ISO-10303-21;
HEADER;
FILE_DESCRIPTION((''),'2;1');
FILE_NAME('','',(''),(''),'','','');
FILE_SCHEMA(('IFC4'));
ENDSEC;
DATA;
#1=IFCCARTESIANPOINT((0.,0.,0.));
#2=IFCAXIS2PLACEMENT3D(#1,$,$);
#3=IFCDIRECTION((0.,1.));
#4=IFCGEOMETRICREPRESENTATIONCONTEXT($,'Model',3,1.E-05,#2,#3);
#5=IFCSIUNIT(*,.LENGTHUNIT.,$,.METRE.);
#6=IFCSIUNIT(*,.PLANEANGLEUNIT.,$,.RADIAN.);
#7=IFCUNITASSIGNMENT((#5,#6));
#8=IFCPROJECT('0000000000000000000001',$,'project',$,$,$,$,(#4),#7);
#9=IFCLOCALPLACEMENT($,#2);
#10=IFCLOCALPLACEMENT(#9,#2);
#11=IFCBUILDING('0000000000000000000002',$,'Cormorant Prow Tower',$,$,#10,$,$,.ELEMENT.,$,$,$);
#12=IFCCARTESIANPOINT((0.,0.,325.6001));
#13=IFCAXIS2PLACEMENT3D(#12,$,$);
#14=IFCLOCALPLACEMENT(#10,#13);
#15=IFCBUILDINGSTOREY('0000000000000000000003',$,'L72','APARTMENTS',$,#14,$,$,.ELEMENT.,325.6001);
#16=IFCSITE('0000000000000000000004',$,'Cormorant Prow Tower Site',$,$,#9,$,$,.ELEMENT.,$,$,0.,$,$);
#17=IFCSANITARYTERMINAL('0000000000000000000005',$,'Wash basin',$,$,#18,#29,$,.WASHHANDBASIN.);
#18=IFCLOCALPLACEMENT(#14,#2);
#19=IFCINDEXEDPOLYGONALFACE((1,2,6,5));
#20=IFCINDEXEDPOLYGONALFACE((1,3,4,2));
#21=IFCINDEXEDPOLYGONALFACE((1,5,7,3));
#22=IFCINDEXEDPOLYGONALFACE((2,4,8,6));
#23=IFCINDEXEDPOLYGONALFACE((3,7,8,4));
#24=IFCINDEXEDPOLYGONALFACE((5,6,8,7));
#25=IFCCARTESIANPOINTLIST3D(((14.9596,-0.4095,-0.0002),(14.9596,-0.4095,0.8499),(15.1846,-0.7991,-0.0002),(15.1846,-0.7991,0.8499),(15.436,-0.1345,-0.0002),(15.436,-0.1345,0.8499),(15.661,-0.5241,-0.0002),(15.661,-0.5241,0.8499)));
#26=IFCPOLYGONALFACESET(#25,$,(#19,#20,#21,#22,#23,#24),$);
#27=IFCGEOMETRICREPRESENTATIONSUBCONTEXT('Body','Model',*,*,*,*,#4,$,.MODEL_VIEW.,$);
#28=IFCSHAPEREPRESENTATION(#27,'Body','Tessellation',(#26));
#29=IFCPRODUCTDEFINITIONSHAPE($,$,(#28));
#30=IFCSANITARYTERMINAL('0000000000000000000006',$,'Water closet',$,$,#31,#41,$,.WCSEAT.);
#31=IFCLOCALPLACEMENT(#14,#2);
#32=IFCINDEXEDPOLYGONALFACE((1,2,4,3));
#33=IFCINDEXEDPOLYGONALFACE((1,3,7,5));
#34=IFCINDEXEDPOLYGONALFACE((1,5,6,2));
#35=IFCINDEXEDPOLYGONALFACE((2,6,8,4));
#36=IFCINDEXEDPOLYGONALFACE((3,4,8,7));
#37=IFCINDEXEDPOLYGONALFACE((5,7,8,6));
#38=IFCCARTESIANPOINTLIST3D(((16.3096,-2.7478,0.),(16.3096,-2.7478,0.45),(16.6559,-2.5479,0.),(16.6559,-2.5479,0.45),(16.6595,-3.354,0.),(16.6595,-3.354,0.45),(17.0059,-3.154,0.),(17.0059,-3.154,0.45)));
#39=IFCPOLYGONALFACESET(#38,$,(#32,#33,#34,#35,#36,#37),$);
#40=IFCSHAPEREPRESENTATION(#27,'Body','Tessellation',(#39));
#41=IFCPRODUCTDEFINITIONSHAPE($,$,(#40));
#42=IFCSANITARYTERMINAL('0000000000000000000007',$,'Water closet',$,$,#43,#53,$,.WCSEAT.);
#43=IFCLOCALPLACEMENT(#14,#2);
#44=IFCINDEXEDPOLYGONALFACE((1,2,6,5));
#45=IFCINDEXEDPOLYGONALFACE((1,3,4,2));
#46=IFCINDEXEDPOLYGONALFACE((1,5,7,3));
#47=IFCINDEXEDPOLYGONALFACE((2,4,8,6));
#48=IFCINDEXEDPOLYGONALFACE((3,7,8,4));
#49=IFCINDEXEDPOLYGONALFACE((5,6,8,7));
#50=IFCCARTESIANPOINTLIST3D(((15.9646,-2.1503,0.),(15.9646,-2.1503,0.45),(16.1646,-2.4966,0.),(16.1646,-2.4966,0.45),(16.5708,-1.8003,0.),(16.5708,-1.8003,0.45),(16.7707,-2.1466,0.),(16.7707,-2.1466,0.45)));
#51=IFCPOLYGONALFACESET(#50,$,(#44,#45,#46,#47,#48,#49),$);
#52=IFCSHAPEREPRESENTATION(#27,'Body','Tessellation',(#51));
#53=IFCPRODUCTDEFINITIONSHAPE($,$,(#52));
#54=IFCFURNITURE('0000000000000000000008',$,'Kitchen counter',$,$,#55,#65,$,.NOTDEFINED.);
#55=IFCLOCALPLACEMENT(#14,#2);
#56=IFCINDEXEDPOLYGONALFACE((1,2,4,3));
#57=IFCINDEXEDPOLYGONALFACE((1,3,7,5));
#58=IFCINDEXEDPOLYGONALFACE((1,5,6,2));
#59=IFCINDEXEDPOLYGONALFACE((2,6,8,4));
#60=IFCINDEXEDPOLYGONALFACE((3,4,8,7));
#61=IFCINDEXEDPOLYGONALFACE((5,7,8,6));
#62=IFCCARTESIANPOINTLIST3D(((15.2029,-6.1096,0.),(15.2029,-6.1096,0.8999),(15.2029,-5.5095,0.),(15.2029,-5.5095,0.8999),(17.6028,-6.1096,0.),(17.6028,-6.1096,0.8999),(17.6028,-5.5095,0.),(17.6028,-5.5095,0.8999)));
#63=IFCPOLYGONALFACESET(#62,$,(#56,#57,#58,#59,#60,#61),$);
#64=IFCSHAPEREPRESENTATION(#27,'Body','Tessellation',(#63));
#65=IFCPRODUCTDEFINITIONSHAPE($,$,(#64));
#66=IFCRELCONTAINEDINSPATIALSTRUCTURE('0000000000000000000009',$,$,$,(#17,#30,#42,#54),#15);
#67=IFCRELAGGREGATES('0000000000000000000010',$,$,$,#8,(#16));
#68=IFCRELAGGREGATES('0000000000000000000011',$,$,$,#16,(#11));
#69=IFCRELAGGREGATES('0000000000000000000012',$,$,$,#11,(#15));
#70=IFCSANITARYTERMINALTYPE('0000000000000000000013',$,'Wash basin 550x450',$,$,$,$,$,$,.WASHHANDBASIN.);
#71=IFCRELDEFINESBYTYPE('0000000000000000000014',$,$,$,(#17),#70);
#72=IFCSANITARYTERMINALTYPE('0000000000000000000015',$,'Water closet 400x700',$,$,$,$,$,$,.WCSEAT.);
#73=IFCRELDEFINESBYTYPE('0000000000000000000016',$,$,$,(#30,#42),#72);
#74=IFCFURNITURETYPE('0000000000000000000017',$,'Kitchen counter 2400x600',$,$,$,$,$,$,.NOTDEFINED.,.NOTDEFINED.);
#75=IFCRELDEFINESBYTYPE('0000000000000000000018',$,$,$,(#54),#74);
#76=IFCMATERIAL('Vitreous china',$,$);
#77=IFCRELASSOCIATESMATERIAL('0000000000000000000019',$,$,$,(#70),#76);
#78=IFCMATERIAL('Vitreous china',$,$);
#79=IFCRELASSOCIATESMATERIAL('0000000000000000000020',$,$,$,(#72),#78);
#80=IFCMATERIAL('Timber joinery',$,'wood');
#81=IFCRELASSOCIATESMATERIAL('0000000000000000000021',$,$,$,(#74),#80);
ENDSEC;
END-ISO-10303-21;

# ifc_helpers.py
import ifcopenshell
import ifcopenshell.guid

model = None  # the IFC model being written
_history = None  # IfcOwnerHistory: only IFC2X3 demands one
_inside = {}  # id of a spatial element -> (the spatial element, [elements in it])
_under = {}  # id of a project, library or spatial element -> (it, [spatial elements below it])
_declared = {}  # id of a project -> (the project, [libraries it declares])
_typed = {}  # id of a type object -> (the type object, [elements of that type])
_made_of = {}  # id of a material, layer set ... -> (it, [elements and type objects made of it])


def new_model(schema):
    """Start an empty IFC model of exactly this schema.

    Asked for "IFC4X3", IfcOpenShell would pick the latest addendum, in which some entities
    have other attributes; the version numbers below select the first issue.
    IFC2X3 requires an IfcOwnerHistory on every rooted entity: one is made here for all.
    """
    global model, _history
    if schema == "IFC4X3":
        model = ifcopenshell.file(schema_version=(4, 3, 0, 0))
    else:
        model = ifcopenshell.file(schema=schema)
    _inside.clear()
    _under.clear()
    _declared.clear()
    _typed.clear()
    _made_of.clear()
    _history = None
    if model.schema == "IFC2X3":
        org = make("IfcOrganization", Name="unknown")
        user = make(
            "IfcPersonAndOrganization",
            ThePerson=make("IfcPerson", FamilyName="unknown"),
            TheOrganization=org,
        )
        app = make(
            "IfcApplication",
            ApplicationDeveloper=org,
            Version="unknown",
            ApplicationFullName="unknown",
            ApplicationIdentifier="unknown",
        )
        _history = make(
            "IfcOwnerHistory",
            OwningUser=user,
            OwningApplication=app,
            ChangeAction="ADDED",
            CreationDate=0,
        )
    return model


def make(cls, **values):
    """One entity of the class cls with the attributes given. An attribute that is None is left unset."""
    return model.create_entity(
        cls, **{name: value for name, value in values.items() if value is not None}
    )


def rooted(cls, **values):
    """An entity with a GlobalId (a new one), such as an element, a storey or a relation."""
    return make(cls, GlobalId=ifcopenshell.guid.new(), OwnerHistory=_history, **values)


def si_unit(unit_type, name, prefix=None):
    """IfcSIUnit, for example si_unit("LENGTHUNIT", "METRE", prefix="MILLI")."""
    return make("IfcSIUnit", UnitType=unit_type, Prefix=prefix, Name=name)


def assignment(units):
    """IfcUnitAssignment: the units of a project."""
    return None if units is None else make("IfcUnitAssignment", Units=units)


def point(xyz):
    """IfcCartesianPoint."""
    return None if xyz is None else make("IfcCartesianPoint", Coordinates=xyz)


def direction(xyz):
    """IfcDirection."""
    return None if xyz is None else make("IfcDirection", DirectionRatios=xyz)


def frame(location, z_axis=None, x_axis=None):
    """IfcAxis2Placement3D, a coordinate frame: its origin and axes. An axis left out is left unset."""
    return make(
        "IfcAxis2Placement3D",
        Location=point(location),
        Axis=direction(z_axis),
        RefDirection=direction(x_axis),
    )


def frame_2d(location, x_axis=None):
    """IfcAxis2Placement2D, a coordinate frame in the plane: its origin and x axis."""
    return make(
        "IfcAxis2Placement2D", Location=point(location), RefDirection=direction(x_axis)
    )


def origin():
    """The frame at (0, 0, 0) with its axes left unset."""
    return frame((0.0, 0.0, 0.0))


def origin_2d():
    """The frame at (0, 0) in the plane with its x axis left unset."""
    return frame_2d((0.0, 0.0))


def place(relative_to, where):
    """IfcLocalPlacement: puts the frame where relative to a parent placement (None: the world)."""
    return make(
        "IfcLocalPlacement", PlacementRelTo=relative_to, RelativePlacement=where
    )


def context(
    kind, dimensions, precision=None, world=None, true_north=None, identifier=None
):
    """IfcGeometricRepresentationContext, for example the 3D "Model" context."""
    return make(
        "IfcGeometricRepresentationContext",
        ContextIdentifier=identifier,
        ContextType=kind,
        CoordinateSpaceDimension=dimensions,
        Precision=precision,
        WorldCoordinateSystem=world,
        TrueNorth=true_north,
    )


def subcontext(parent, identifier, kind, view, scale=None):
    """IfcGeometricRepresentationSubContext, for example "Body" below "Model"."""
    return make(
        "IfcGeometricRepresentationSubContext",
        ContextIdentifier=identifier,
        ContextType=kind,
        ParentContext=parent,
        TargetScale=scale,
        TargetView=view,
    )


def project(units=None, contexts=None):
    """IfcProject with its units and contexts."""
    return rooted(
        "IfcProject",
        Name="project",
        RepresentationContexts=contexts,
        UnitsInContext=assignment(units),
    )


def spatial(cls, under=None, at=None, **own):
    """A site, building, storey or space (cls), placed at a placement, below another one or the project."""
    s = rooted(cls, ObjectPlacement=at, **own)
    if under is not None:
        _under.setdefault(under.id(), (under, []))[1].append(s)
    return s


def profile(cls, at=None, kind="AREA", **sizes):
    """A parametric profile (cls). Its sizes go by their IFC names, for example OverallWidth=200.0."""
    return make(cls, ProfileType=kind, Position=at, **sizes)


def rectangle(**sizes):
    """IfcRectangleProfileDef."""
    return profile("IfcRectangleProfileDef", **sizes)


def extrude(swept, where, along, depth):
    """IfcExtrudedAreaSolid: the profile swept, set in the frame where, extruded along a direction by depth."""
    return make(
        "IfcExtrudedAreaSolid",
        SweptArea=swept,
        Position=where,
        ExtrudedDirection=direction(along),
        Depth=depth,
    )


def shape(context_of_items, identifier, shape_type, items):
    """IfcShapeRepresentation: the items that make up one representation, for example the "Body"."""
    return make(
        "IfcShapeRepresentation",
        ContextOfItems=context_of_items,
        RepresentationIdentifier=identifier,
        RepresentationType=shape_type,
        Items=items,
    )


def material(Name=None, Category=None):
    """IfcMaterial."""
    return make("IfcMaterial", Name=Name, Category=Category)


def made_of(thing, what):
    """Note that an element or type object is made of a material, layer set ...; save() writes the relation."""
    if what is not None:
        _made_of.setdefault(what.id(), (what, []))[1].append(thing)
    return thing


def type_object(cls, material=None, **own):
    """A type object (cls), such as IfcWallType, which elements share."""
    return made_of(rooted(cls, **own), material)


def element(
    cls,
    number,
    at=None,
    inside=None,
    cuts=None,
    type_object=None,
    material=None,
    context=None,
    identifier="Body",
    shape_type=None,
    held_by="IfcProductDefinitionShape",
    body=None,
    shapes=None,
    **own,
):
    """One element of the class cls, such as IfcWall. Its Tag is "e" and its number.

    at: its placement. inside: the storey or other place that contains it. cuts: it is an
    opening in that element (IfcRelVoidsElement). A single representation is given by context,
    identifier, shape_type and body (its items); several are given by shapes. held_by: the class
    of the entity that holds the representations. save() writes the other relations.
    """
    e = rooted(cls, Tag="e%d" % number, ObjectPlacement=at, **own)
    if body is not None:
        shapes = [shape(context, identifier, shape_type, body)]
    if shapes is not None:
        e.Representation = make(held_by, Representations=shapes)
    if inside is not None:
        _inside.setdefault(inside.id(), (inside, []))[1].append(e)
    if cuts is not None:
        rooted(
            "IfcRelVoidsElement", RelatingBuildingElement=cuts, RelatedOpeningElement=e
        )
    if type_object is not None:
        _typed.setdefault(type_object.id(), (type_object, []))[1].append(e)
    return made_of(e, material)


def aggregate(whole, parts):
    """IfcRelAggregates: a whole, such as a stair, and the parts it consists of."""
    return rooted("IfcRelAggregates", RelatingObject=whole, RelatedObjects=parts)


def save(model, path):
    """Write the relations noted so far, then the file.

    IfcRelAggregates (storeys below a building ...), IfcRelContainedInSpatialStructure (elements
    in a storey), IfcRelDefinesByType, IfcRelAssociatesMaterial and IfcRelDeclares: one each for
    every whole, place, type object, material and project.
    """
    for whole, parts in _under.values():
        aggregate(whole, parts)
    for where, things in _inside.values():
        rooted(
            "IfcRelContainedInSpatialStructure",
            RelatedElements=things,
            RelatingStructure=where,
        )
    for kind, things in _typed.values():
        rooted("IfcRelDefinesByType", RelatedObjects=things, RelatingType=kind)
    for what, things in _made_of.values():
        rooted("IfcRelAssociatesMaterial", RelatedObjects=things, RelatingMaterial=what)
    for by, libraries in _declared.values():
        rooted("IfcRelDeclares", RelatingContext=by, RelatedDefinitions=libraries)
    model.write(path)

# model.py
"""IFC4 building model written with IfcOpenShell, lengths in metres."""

from ifc_helpers import new_model, si_unit, direction, frame, origin, origin_2d, place, context, subcontext, project, spatial, rectangle, extrude, material, type_object, element, save


model = new_model("IFC4")

# Units and contexts
model_context = context("Model", 3, precision=1e-05, world=origin(), true_north=direction((0.0, 1.0)))
body_context = subcontext(model_context, "Body", "Model", "MODEL_VIEW")
ifc_project = project(units=[si_unit("LENGTHUNIT", "METRE"), si_unit("PLANEANGLEUNIT", "RADIAN")], contexts=[model_context])

# Site, building, storey
site_placement = place(None, origin())
site = spatial("IfcSite", under=ifc_project, at=site_placement, Name="Cormorant Prow Tower Site", CompositionType="ELEMENT", RefElevation=0.0)
building_placement = place(site_placement, origin())
building = spatial("IfcBuilding", under=site, at=building_placement, Name="Cormorant Prow Tower", CompositionType="ELEMENT")
storey_placement = place(building_placement, frame((0.0, 0.0, 325.6001)))
storey = spatial("IfcBuildingStorey", under=building, at=storey_placement, Name="L72", Description="APARTMENTS", CompositionType="ELEMENT", Elevation=325.6001)

# Sanitary terminals
ifc_material_1 = material(Name="Vitreous china")
sanitary_terminal_type_1 = type_object("IfcSanitaryTerminalType", Name="Wash basin 550x450", PredefinedType="WASHHANDBASIN", material=ifc_material_1)
for number, where, z_axis, x_axis, name in (
    (1, (15.3103, -0.4668, -0.0002), (0.0, 0.0, 1.0), (0.866025, 0.5, 0.0), "Wash basin"),
):
    element("IfcSanitaryTerminal", number, at=place(storey_placement, frame(where, z_axis=z_axis, x_axis=x_axis)), inside=storey, type_object=sanitary_terminal_type_1, Name=name, PredefinedType="WASHHANDBASIN", context=body_context, shape_type="SweptSolid", body=[
        extrude(rectangle(XDim=0.55, YDim=0.45, at=origin_2d()), origin(), (0.0, 0.0, 1.0), 0.8501),
    ])
ifc_material_2 = material(Name="Vitreous china")
sanitary_terminal_type_2 = type_object("IfcSanitaryTerminalType", Name="Water closet 400x700", PredefinedType="WCSEAT", material=ifc_material_2)
for number, where, z_axis, x_axis, name in (
    (2, (16.6577, -2.9509, 0.0), (0.0, 0.0, 1.0), (0.866025, 0.5, 0.0), "Water closet"),
    (3, (16.3677, -2.1484, 0.0), (0.0, 0.0, 1.0), (-0.5, 0.866025, 0.0), "Water closet"),
):
    element("IfcSanitaryTerminal", number, at=place(storey_placement, frame(where, z_axis=z_axis, x_axis=x_axis)), inside=storey, type_object=sanitary_terminal_type_2, Name=name, PredefinedType="WCSEAT", context=body_context, shape_type="SweptSolid", body=[
        extrude(rectangle(XDim=0.3999, YDim=0.7, at=origin_2d()), origin(), (0.0, 0.0, 1.0), 0.45),
    ])

# Furniture
ifc_material_3 = material(Name="Timber joinery", Category="wood")
furniture_type = type_object("IfcFurnitureType", Name="Kitchen counter 2400x600", AssemblyPlace="NOTDEFINED", PredefinedType="NOTDEFINED", material=ifc_material_3)
furniture_placement = place(storey_placement, frame((16.4028, -5.8096, 0.0), z_axis=(0.0, 0.0, 1.0), x_axis=(1.0, 0.0, 0.0)))
element("IfcFurniture", 4, at=furniture_placement, inside=storey, type_object=furniture_type, Name="Kitchen counter", PredefinedType="NOTDEFINED", context=body_context, shape_type="SweptSolid", body=[
    extrude(rectangle(XDim=2.3999, YDim=0.6001, at=origin_2d()), origin(), (0.0, 0.0, 1.0), 0.8999),
])

save(model, "model.ifc")
